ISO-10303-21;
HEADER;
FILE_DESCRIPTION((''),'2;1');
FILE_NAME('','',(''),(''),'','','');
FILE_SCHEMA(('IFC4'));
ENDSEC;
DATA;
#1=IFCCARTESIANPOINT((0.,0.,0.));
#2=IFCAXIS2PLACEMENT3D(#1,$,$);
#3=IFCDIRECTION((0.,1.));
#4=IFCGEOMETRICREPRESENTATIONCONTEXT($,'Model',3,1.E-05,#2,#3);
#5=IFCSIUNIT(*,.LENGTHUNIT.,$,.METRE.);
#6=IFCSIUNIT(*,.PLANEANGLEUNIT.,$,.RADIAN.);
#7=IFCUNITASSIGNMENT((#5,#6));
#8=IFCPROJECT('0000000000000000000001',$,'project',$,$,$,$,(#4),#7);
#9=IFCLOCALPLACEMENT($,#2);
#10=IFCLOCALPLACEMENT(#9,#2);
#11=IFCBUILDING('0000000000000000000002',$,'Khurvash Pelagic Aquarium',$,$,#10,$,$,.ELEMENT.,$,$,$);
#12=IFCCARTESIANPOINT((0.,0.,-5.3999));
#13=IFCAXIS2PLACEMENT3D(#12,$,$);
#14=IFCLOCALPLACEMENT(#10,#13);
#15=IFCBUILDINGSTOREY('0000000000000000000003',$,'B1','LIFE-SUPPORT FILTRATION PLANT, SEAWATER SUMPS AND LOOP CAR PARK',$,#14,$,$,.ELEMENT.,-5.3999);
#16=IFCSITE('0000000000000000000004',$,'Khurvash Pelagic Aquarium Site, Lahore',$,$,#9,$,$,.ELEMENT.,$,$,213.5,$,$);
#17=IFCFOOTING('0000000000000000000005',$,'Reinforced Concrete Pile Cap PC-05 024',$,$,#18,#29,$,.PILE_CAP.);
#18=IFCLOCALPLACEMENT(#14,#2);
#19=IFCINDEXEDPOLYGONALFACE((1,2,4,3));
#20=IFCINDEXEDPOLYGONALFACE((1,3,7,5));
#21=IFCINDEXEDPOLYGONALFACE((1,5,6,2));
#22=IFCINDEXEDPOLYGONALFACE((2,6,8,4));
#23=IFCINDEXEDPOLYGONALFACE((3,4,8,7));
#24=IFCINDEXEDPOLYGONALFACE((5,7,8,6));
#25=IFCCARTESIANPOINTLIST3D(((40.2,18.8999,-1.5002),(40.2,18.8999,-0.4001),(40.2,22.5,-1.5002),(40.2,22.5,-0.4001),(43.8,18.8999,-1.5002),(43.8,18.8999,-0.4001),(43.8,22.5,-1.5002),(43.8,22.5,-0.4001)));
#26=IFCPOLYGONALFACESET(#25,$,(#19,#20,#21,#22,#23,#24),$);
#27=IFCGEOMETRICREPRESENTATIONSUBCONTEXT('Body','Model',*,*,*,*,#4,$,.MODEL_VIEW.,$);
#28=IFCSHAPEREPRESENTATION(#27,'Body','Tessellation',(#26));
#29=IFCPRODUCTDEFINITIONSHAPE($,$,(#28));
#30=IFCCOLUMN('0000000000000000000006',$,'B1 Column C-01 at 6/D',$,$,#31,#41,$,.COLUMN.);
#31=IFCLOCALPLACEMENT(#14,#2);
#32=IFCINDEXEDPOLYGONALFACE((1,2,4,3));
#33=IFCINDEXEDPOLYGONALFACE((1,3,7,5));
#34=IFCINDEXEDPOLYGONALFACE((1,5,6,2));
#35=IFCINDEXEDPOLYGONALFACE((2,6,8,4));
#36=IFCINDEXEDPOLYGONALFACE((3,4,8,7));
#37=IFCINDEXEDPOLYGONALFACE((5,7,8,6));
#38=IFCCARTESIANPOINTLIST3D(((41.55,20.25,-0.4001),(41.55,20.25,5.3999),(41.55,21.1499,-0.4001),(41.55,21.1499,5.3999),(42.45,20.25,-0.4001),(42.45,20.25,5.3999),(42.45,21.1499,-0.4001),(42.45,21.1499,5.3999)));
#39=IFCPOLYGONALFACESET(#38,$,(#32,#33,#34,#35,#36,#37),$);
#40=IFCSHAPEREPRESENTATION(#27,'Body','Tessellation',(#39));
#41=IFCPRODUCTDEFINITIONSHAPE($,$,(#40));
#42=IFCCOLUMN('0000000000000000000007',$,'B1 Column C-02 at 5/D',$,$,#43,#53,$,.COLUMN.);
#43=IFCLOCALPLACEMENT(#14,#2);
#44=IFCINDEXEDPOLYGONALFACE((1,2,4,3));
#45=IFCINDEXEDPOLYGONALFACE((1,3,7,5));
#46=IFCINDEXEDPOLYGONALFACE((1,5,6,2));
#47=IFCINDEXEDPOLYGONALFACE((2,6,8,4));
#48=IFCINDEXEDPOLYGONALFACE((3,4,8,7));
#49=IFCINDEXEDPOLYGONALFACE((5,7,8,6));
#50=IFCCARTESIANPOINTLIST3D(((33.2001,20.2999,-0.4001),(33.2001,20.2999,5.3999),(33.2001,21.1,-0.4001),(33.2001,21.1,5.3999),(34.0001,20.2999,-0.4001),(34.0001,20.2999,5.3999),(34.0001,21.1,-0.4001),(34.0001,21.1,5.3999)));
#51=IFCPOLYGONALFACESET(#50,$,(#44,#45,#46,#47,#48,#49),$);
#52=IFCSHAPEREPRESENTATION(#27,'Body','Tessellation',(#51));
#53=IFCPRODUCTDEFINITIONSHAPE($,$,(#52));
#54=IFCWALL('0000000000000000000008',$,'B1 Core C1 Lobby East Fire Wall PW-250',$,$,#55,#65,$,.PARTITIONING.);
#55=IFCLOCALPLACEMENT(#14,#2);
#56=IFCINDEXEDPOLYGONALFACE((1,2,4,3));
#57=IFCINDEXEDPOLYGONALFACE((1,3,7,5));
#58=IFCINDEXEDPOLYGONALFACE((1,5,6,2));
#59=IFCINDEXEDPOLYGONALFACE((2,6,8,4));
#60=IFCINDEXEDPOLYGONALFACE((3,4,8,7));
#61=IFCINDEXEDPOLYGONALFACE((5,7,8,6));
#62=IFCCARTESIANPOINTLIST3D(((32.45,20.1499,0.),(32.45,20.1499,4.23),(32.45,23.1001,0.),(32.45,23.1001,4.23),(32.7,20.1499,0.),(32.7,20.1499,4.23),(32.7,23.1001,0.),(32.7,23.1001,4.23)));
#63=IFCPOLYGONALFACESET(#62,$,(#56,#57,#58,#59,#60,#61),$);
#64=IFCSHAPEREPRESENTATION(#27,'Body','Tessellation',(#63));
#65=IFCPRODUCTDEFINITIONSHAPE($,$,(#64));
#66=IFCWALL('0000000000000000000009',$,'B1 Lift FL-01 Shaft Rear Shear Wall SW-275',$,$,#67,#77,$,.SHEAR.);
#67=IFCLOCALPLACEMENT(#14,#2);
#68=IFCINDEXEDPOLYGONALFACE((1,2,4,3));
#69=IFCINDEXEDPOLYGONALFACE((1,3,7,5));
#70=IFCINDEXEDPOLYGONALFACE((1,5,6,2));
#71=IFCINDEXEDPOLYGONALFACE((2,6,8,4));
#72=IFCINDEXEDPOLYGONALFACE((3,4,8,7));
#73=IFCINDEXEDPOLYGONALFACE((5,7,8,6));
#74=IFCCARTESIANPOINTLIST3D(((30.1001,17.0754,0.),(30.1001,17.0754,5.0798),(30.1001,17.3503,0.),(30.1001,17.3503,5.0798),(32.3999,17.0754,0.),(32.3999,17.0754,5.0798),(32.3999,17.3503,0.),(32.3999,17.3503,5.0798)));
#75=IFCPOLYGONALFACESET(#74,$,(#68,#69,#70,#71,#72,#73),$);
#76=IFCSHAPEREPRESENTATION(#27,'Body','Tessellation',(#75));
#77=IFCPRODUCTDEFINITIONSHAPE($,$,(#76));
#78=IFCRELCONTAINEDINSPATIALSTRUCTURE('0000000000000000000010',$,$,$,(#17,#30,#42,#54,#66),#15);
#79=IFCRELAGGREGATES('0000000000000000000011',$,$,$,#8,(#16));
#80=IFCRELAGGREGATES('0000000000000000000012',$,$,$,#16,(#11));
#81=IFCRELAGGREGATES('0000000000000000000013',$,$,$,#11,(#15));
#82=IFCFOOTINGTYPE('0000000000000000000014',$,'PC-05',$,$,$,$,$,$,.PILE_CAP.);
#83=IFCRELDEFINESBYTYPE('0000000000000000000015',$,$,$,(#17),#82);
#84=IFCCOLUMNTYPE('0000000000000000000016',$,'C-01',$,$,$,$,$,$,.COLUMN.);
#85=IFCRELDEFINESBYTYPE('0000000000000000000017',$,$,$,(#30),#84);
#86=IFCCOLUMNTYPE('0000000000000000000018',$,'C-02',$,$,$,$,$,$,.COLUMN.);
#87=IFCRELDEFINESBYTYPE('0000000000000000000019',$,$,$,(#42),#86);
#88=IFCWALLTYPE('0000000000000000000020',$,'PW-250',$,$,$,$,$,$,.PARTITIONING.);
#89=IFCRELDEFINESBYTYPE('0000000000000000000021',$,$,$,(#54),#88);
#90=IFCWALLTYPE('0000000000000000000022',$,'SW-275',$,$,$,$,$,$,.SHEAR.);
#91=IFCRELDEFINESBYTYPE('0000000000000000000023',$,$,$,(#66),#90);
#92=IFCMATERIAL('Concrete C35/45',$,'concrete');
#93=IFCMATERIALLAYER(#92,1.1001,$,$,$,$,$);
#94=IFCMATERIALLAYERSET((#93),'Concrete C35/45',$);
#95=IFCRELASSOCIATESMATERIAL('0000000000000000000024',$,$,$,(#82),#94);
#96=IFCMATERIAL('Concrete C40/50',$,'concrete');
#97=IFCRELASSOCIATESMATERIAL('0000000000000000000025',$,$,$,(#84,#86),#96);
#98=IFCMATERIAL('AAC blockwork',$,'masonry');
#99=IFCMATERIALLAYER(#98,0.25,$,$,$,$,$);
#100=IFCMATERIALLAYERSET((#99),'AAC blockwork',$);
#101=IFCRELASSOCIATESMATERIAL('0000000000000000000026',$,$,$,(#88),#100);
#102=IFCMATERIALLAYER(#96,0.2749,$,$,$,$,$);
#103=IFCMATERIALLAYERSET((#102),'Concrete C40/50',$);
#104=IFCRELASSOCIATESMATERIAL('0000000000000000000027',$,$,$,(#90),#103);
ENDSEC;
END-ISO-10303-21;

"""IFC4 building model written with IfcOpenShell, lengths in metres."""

from ifc_helpers import new_model, si_unit, direction, frame, frame_2d, origin, origin_2d, place, context, subcontext, project, spatial, rectangle, extrude, material, layer, layer_set, material_profile, profile_set, type_object, element, save


model = new_model("IFC4")

# Units and contexts
model_context = context("Model", 3, precision=1e-05, world=origin(), true_north=direction((0.0, 1.0)))
body_context = subcontext(model_context, "Body", "Model", "MODEL_VIEW")
ifc_project = project(units=[si_unit("LENGTHUNIT", "METRE"), si_unit("PLANEANGLEUNIT", "RADIAN")], contexts=[model_context])

# Site, building, storey
site_placement = place(None, origin())
site = spatial("IfcSite", under=ifc_project, at=site_placement, Name="Khurvash Pelagic Aquarium Site, Lahore", CompositionType="ELEMENT", RefElevation=213.5)
building_placement = place(site_placement, origin())
building = spatial("IfcBuilding", under=site, at=building_placement, Name="Khurvash Pelagic Aquarium", CompositionType="ELEMENT")
storey_placement = place(building_placement, frame((0.0, 0.0, -5.3999)))
storey = spatial("IfcBuildingStorey", under=building, at=storey_placement, Name="B1", Description="LIFE-SUPPORT FILTRATION PLANT, SEAWATER SUMPS AND LOOP CAR PARK", CompositionType="ELEMENT", Elevation=-5.3999)

# Shared definitions
ifc_material_1 = material(Name="Concrete C35/45", Category="concrete")

# Footing
ifc_layer_1 = layer(ifc_material_1, 1.1001)
ifc_layer_set_1 = layer_set([ifc_layer_1], Name="Concrete C35/45")
footing_type_1 = type_object("IfcFootingType", Name="PC-05", PredefinedType="PILE_CAP", material=ifc_layer_set_1)
footing_1_placement = place(storey_placement, frame((42.0, 20.7, -1.5002), z_axis=(0.0, 0.0, 1.0), x_axis=(1.0, 0.0, 0.0)))
element("IfcFooting", 1, at=footing_1_placement, inside=storey, type_object=footing_type_1, Name="Reinforced Concrete Pile Cap PC-05 024", PredefinedType="PILE_CAP", context=body_context, shape_type="SweptSolid", body=[
    extrude(rectangle(XDim=3.6001, YDim=3.6001, at=origin_2d()), origin(), (0.0, 0.0, 1.0), 1.1001),
])

# Columns
ifc_material_2 = material(Name="Concrete C40/50", Category="concrete")
ifc_material_profile_1 = material_profile(ifc_material_2, rectangle(XDim=0.8999, YDim=0.8999, at=origin_2d()), Name="RC900X900")
ifc_profile_set_1 = profile_set([ifc_material_profile_1], Name="Concrete C40/50")
column_type_1 = type_object("IfcColumnType", Name="C-01", PredefinedType="COLUMN", material=ifc_profile_set_1)
column_1_placement = place(storey_placement, frame((42.0, 20.7, -0.4001), z_axis=(0.0, 0.0, 1.0), x_axis=(1.0, 0.0, 0.0)))
element("IfcColumn", 2, at=column_1_placement, inside=storey, type_object=column_type_1, Name="B1 Column C-01 at 6/D", PredefinedType="COLUMN", context=body_context, shape_type="SweptSolid", body=[
    extrude(rectangle(XDim=0.8999, YDim=0.8999, at=origin_2d()), origin(), (0.0, 0.0, 1.0), 5.8),
])
ifc_material_profile_2 = material_profile(ifc_material_2, rectangle(XDim=0.8, YDim=0.8, at=origin_2d()), Name="RC800X800")
ifc_profile_set_2 = profile_set([ifc_material_profile_2], Name="Concrete C40/50")
column_type_2 = type_object("IfcColumnType", Name="C-02", PredefinedType="COLUMN", material=ifc_profile_set_2)
column_2_placement = place(storey_placement, frame((33.6001, 20.7, -0.4001), z_axis=(0.0, 0.0, 1.0), x_axis=(1.0, 0.0, 0.0)))
element("IfcColumn", 3, at=column_2_placement, inside=storey, type_object=column_type_2, Name="B1 Column C-02 at 5/D", PredefinedType="COLUMN", context=body_context, shape_type="SweptSolid", body=[
    extrude(rectangle(XDim=0.8, YDim=0.8, at=origin_2d()), origin(), (0.0, 0.0, 1.0), 5.8),
])

# Walls
ifc_material_3 = material(Name="AAC blockwork", Category="masonry")
ifc_layer_2 = layer(ifc_material_3, 0.25)
ifc_layer_set_2 = layer_set([ifc_layer_2], Name="AAC blockwork")
wall_type_1 = type_object("IfcWallType", Name="PW-250", PredefinedType="PARTITIONING", material=ifc_layer_set_2)
wall_1_placement = place(storey_placement, frame((32.575, 20.1499, 0.0), z_axis=(0.0, 0.0, 1.0), x_axis=(0.0, 1.0, 0.0)))
element("IfcWall", 4, at=wall_1_placement, inside=storey, type_object=wall_type_1, Name="B1 Core C1 Lobby East Fire Wall PW-250", PredefinedType="PARTITIONING", context=body_context, shape_type="SweptSolid", body=[
    extrude(rectangle(XDim=2.9502, YDim=0.25, at=frame_2d((1.4751, 0.0))), origin(), (0.0, 0.0, 1.0), 4.23),
])
ifc_layer_3 = layer(ifc_material_2, 0.2749)
ifc_layer_set_3 = layer_set([ifc_layer_3], Name="Concrete C40/50")
wall_type_2 = type_object("IfcWallType", Name="SW-275", PredefinedType="SHEAR", material=ifc_layer_set_3)
wall_2_placement = place(storey_placement, frame((30.1001, 17.2129, 0.0), z_axis=(0.0, 0.0, 1.0), x_axis=(1.0, 0.0, 0.0)))
element("IfcWall", 5, at=wall_2_placement, inside=storey, type_object=wall_type_2, Name="B1 Lift FL-01 Shaft Rear Shear Wall SW-275", PredefinedType="SHEAR", context=body_context, shape_type="SweptSolid", body=[
    extrude(rectangle(XDim=2.2998, YDim=0.2749, at=frame_2d((1.1499, 0.0))), origin(), (0.0, 0.0, 1.0), 5.0798),
])

save(model, "model.ifc")
